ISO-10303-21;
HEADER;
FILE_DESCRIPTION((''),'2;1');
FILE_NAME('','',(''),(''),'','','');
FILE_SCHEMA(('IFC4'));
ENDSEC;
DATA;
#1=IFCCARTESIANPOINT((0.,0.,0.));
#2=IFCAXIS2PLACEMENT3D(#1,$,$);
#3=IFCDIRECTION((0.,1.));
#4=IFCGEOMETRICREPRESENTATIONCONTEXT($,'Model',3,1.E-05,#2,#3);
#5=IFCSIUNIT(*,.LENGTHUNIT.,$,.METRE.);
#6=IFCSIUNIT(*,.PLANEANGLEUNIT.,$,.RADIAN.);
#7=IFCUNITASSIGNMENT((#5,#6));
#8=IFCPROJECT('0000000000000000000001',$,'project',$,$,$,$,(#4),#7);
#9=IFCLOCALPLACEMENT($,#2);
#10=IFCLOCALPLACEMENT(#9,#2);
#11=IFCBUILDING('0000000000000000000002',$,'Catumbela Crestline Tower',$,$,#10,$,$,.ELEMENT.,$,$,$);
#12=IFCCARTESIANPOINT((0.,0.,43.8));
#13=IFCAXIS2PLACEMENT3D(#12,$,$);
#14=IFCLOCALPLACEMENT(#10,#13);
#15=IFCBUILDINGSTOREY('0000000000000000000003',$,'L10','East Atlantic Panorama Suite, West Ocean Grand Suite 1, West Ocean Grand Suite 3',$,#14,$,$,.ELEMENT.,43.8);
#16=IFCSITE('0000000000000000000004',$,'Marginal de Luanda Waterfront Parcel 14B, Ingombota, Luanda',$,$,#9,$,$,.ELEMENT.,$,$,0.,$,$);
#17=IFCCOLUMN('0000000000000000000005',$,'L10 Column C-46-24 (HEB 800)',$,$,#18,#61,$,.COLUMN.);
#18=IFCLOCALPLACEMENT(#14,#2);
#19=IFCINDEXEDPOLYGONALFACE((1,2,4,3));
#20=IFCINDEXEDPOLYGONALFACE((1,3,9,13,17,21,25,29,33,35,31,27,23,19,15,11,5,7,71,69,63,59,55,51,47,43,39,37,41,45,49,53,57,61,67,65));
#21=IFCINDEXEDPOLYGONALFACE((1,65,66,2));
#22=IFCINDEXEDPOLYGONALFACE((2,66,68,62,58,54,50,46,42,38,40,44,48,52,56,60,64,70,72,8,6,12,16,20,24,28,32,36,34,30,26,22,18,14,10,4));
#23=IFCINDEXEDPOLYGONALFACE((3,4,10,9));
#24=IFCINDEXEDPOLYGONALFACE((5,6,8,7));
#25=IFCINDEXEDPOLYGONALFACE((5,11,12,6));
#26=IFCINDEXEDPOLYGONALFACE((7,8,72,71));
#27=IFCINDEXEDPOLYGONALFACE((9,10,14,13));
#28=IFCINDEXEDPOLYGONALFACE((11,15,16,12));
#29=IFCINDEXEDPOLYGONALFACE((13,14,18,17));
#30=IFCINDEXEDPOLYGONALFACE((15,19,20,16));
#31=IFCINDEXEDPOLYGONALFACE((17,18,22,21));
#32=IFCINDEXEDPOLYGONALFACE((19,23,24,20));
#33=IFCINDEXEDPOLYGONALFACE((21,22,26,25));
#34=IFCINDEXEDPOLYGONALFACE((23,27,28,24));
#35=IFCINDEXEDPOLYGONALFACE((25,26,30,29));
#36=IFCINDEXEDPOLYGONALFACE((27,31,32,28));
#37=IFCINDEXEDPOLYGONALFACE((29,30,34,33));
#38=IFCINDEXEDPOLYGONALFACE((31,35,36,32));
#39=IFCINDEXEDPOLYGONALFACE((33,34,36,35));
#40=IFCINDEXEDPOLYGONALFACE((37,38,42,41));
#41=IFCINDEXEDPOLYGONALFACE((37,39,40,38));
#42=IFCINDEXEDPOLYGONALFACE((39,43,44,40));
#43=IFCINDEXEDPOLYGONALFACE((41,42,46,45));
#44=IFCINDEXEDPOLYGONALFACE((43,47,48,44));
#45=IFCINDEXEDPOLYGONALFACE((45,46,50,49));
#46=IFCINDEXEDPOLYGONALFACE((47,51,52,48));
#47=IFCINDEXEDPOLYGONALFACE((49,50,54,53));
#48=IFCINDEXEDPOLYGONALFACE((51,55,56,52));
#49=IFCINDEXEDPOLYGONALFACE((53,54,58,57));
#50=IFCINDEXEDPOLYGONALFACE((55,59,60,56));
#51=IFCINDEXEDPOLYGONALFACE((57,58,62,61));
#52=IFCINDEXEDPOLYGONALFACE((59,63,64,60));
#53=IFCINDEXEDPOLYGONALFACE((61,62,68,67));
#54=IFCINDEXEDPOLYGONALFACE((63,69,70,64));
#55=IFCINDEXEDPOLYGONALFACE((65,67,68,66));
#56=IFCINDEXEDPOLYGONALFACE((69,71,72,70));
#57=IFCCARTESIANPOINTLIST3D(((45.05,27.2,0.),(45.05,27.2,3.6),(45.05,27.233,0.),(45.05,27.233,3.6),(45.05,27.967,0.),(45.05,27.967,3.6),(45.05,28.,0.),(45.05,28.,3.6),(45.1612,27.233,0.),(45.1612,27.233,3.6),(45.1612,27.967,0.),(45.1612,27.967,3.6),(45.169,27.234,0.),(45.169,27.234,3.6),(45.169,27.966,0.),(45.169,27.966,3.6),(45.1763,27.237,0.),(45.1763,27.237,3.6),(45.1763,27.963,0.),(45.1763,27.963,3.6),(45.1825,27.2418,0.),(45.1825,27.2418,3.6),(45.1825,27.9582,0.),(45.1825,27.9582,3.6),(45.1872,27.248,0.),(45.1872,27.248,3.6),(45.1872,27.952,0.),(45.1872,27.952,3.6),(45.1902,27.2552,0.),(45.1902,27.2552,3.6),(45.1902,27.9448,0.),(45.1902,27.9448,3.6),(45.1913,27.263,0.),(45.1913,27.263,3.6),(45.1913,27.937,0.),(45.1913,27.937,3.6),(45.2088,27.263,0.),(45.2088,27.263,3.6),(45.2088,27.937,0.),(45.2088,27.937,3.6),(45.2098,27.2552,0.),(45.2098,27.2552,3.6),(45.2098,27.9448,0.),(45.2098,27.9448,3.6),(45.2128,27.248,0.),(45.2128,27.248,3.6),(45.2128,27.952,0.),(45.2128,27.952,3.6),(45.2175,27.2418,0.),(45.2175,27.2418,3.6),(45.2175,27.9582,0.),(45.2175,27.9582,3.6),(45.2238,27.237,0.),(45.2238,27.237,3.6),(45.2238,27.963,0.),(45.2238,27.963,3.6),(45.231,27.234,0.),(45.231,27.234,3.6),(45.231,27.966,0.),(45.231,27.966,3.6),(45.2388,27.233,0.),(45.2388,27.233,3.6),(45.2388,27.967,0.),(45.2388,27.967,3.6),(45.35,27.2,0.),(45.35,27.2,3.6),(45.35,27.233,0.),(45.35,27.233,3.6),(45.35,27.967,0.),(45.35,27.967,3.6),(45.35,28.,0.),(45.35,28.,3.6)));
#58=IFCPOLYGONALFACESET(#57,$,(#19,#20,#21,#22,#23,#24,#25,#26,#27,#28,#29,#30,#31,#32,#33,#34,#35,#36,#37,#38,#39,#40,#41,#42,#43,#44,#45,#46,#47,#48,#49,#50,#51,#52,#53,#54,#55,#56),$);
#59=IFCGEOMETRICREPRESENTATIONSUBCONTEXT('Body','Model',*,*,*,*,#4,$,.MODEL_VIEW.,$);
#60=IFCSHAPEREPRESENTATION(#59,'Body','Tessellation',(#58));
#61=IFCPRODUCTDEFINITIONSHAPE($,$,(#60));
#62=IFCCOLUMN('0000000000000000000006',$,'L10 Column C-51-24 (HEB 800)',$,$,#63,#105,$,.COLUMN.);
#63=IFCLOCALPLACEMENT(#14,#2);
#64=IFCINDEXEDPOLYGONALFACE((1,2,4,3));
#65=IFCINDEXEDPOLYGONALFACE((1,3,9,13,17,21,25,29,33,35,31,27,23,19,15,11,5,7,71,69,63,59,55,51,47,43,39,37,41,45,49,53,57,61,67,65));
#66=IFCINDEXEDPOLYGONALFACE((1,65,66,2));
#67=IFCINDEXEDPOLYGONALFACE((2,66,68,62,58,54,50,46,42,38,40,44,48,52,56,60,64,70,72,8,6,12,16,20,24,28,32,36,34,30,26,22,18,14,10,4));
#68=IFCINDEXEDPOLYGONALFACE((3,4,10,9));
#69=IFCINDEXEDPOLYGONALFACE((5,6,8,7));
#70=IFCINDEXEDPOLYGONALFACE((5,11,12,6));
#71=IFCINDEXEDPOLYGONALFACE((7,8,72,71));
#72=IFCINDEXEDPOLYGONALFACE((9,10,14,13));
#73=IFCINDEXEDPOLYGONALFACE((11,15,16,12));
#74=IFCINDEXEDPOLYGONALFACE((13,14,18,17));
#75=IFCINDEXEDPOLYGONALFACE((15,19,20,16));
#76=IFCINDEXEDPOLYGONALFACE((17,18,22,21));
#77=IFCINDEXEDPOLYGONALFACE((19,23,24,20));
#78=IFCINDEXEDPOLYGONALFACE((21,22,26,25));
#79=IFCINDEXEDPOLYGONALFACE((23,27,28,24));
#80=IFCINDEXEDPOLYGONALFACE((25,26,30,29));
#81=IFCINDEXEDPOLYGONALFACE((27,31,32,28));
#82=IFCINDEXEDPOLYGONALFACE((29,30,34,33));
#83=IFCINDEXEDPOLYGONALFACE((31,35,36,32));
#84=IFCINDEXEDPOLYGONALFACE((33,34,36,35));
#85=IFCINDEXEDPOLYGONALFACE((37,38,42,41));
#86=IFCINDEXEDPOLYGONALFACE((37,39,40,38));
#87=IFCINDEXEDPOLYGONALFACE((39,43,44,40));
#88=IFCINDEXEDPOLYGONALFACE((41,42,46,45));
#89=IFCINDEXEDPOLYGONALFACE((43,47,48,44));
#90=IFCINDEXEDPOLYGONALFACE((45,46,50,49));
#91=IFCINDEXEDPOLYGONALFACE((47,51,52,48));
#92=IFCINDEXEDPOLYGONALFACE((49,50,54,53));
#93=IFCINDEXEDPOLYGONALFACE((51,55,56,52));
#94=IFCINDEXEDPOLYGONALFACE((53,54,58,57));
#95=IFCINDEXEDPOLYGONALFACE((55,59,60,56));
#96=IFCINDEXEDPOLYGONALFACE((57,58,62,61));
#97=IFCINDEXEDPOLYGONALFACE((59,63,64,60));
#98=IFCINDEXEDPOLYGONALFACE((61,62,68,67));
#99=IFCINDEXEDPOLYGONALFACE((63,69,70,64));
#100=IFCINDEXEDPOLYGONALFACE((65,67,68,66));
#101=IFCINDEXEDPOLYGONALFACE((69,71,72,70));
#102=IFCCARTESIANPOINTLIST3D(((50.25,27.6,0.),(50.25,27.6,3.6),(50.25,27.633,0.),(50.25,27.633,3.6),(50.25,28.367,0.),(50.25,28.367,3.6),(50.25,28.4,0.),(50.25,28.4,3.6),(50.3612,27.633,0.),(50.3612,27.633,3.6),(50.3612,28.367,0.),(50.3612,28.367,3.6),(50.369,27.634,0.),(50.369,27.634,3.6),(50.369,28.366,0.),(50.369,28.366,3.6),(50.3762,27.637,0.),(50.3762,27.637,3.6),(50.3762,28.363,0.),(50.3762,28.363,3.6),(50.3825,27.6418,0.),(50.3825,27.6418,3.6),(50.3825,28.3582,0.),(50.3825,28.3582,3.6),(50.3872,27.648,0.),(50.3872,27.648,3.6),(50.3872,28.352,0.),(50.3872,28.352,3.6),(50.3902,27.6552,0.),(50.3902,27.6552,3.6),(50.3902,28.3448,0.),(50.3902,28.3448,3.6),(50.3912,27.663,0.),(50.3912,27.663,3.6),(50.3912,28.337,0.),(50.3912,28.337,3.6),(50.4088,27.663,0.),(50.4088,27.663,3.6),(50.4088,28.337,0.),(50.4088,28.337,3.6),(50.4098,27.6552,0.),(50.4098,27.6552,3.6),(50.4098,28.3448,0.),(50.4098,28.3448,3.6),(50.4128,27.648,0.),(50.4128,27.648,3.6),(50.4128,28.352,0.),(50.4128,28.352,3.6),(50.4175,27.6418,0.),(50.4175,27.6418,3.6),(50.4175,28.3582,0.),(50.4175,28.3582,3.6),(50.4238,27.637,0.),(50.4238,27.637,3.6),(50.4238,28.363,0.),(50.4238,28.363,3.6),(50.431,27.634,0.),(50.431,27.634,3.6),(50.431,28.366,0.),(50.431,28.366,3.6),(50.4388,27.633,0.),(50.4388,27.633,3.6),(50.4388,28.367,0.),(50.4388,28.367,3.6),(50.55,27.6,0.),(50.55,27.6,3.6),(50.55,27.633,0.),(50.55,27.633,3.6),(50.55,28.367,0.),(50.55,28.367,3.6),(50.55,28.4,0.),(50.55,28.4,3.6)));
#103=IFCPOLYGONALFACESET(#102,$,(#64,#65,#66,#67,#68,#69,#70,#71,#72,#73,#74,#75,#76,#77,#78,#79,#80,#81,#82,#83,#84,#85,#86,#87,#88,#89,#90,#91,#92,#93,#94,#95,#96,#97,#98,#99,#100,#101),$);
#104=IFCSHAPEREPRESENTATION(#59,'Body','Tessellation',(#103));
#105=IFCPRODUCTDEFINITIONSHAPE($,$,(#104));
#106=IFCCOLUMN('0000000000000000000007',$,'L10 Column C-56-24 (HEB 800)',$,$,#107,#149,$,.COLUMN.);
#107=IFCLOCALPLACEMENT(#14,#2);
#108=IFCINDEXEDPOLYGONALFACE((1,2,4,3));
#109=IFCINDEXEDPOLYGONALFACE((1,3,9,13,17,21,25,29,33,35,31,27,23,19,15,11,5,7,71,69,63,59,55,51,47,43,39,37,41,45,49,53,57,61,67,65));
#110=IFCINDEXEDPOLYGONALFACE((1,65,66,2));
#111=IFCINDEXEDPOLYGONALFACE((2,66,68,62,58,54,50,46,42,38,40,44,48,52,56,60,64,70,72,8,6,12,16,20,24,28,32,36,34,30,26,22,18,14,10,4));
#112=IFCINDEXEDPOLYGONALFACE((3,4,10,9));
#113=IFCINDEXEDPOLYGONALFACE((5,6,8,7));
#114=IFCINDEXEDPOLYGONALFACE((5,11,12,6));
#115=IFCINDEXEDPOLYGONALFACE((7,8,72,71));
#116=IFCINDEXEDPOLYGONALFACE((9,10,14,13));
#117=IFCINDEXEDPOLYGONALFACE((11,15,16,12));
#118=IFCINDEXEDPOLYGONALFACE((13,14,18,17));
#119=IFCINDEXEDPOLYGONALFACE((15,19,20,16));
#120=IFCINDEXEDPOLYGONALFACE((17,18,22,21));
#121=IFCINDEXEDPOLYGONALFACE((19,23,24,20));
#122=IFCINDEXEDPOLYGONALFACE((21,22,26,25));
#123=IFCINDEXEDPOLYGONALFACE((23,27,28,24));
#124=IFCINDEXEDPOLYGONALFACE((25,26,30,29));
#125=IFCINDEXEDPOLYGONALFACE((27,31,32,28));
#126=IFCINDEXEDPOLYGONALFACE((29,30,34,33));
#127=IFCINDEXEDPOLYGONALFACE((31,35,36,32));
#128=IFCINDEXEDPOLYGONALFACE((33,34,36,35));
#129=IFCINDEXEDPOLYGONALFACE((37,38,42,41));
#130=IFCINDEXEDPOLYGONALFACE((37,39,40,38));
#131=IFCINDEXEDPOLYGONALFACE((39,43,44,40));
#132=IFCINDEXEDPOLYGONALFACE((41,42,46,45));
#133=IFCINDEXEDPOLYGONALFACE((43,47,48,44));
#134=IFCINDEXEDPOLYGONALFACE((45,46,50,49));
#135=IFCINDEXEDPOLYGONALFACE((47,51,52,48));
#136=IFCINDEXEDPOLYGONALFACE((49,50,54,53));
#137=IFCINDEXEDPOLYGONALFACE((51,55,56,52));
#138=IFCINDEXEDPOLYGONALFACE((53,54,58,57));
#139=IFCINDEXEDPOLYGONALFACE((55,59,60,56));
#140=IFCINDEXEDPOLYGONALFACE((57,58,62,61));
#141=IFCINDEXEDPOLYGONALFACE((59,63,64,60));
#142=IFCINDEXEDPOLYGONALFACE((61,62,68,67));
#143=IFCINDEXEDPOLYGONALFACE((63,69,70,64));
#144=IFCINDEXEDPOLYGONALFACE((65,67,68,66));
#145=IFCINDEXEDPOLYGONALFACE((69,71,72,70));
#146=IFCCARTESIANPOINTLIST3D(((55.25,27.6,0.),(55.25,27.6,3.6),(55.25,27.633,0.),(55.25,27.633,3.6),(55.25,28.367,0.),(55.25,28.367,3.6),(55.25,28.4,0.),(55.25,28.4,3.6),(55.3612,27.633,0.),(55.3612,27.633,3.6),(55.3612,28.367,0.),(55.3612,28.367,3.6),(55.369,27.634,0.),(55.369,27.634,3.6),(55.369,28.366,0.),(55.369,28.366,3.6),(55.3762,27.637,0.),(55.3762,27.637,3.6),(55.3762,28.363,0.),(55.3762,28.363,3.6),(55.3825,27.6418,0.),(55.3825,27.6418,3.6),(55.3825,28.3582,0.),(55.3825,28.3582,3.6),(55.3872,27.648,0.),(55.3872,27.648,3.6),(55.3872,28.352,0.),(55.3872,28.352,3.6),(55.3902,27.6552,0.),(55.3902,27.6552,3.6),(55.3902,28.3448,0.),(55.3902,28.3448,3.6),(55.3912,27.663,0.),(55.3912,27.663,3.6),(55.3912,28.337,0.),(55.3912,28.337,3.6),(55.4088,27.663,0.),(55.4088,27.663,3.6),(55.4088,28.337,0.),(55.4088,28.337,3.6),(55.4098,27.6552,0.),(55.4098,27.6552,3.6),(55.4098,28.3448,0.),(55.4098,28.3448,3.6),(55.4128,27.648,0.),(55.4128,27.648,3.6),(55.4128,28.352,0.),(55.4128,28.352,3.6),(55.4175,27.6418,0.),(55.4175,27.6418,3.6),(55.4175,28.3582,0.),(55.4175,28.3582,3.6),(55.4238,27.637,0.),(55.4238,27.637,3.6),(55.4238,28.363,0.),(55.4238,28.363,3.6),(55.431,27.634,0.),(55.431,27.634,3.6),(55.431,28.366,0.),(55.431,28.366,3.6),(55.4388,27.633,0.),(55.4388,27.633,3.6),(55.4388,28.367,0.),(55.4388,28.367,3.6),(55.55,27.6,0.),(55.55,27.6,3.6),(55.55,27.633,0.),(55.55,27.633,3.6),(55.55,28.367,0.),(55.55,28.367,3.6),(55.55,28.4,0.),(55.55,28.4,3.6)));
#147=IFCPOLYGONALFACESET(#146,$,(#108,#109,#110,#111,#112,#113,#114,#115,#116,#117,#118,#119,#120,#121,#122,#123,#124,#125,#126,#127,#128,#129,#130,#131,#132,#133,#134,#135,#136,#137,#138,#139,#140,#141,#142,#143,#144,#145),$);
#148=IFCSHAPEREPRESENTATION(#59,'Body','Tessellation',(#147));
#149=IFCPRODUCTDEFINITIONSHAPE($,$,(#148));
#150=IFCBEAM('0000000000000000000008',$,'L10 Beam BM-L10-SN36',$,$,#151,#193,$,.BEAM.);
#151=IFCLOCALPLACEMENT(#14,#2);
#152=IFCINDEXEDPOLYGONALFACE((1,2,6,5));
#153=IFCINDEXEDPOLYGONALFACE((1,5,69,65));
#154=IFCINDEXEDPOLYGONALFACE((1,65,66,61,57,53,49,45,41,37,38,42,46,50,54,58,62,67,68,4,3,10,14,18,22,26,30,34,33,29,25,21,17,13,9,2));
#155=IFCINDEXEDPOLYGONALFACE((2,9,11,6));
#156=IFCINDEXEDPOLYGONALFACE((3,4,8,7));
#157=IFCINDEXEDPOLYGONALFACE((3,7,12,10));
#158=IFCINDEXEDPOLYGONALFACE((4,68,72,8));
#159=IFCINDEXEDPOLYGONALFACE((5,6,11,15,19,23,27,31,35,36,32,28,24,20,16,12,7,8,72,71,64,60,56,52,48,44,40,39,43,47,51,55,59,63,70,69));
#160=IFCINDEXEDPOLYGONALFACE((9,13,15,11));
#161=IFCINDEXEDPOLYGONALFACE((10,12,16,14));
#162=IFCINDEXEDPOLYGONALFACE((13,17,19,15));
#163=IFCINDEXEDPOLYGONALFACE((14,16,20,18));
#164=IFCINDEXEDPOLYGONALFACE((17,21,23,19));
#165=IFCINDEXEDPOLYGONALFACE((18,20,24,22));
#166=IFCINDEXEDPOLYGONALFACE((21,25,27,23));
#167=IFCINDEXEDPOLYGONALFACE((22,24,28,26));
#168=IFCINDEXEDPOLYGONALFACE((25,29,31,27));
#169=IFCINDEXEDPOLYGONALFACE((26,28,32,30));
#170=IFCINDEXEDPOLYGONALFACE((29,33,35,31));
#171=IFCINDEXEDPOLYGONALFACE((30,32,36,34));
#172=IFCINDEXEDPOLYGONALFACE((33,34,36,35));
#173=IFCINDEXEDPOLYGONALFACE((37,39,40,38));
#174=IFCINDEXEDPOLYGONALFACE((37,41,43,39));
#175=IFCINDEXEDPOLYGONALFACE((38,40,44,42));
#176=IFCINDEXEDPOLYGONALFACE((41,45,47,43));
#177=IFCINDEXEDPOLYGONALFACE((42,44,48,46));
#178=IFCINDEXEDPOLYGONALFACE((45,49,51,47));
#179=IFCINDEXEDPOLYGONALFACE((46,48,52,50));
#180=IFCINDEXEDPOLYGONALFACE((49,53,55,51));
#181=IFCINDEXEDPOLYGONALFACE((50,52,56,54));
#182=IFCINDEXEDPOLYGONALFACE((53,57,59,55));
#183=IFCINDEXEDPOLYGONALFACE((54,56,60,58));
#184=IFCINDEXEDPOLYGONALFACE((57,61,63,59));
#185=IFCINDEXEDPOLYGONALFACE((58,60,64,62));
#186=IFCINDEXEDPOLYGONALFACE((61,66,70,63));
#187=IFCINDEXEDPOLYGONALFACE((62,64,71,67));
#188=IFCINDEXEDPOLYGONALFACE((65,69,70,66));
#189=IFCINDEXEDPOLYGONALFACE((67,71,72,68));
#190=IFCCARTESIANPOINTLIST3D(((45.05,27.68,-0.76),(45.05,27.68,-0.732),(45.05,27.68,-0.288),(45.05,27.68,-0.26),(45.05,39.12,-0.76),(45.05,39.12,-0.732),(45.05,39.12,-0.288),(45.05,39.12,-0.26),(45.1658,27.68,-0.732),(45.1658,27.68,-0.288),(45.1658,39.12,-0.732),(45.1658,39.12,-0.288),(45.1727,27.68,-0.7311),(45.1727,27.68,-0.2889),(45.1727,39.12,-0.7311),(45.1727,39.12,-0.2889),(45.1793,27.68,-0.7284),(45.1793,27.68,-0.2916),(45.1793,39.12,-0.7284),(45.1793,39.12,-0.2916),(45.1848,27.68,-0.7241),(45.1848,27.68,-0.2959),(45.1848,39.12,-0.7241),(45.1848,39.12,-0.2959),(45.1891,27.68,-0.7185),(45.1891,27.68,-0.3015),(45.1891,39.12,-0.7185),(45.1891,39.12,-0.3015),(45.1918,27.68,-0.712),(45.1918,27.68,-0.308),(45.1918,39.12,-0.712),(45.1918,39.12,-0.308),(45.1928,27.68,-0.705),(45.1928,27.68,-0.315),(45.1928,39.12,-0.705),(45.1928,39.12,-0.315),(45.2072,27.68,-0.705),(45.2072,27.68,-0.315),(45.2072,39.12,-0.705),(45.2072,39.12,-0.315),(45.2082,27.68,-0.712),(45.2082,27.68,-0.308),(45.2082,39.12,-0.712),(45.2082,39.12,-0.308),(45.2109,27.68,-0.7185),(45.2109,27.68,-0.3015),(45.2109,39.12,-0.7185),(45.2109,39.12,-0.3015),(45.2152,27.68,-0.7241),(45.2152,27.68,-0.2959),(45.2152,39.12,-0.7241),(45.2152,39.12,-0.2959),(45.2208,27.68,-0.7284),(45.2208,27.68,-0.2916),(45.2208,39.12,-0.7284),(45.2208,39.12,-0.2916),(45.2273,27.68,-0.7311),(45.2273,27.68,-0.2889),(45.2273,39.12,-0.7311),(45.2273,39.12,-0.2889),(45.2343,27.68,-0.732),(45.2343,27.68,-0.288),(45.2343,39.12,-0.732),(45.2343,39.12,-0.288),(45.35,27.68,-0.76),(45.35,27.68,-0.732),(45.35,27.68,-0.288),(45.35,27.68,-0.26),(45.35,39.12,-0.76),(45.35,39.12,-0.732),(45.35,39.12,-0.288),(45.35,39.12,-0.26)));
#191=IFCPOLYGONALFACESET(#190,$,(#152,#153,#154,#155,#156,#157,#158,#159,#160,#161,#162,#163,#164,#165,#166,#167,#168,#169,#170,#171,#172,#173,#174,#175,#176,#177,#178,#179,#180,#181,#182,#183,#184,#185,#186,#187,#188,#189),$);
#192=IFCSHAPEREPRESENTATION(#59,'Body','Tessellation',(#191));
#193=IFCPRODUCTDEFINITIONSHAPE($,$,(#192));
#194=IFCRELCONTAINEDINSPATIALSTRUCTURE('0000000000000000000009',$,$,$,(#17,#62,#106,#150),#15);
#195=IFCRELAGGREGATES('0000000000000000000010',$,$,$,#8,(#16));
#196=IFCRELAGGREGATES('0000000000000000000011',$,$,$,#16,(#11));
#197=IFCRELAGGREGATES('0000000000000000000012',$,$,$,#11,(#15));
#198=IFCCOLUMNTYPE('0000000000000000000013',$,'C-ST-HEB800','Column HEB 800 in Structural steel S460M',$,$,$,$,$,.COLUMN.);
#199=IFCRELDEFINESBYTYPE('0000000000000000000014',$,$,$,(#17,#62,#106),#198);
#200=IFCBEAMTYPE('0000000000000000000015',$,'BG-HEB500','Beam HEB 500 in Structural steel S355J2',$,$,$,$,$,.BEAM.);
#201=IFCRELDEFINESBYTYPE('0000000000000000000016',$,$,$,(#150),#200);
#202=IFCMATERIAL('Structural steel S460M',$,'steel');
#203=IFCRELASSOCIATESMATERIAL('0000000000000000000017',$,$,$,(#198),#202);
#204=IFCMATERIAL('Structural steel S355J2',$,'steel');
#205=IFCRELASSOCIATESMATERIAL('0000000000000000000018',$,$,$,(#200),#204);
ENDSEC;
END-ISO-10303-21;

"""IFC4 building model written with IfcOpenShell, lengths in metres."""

from ifc_helpers import new_model, si_unit, direction, frame, origin, origin_2d, place, context, subcontext, project, spatial, i_section, extrude, material, material_profile, profile_set, type_object, element, save


model = new_model("IFC4")

# Units and contexts
model_context = context("Model", 3, precision=1e-05, world=origin(), true_north=direction((0.0, 1.0)))
body_context = subcontext(model_context, "Body", "Model", "MODEL_VIEW")
ifc_project = project(units=[si_unit("LENGTHUNIT", "METRE"), si_unit("PLANEANGLEUNIT", "RADIAN")], contexts=[model_context])

# Site, building, storey
site_placement = place(None, origin())
site = spatial("IfcSite", under=ifc_project, at=site_placement, Name="Marginal de Luanda Waterfront Parcel 14B, Ingombota, Luanda", CompositionType="ELEMENT", RefElevation=0.0)
building_placement = place(site_placement, origin())
building = spatial("IfcBuilding", under=site, at=building_placement, Name="Catumbela Crestline Tower", CompositionType="ELEMENT")
storey_placement = place(building_placement, frame((0.0, 0.0, 43.8)))
storey = spatial("IfcBuildingStorey", under=building, at=storey_placement, Name="L10", Description="East Atlantic Panorama Suite, West Ocean Grand Suite 1, West Ocean Grand Suite 3", CompositionType="ELEMENT", Elevation=43.8)

# Columns
ifc_material_1 = material(Name="Structural steel S460M", Category="steel")
ifc_material_profile_1 = material_profile(ifc_material_1, i_section(OverallWidth=0.3, OverallDepth=0.8, WebThickness=0.0175, FlangeThickness=0.033, FilletRadius=0.03, at=origin_2d()), Name="HEB 800")
ifc_profile_set_1 = profile_set([ifc_material_profile_1], Name="Structural steel S460M")
column_type = type_object("IfcColumnType", Name="C-ST-HEB800", Description="Column HEB 800 in Structural steel S460M", PredefinedType="COLUMN", material=ifc_profile_set_1)
for number, where, z_axis, x_axis, name in (
    (1, (45.2, 27.6, 0.0), (0.0, 0.0, 1.0), (1.0, 0.0, 0.0), "L10 Column C-46-24 (HEB 800)"),
    (2, (50.4, 28.0, 0.0), (0.0, 0.0, 1.0), (1.0, 0.0, 0.0), "L10 Column C-51-24 (HEB 800)"),
    (3, (55.4, 28.0, 0.0), (0.0, 0.0, 1.0), (1.0, 0.0, 0.0), "L10 Column C-56-24 (HEB 800)"),
):
    element("IfcColumn", number, at=place(storey_placement, frame(where, z_axis=z_axis, x_axis=x_axis)), inside=storey, type_object=column_type, Name=name, PredefinedType="COLUMN", context=body_context, shape_type="SweptSolid", body=[
        extrude(i_section(OverallWidth=0.3, OverallDepth=0.8, WebThickness=0.0175, FlangeThickness=0.033, FilletRadius=0.03, at=origin_2d()), origin(), (0.0, 0.0, 1.0), 3.6),
    ])

# Beam
ifc_material_2 = material(Name="Structural steel S355J2", Category="steel")
ifc_material_profile_2 = material_profile(ifc_material_2, i_section(OverallWidth=0.3, OverallDepth=0.5, WebThickness=0.0145, FlangeThickness=0.028, FilletRadius=0.027, at=origin_2d()), Name="HEB 500")
ifc_profile_set_2 = profile_set([ifc_material_profile_2], Name="Structural steel S355J2")
beam_type_1 = type_object("IfcBeamType", Name="BG-HEB500", Description="Beam HEB 500 in Structural steel S355J2", PredefinedType="BEAM", material=ifc_profile_set_2)
beam_1_placement = place(storey_placement, frame((45.2, 27.68, -0.51), z_axis=(0.0, 1.0, 0.0), x_axis=(-1.0, 0.0, 0.0)))
element("IfcBeam", 4, at=beam_1_placement, inside=storey, type_object=beam_type_1, Name="L10 Beam BM-L10-SN36", PredefinedType="BEAM", context=body_context, shape_type="SweptSolid", body=[
    extrude(i_section(OverallWidth=0.3, OverallDepth=0.5, WebThickness=0.0145, FlangeThickness=0.028, FilletRadius=0.027, at=origin_2d()), origin(), (0.0, 0.0, 1.0), 11.44),
])

save(model, "model.ifc")
